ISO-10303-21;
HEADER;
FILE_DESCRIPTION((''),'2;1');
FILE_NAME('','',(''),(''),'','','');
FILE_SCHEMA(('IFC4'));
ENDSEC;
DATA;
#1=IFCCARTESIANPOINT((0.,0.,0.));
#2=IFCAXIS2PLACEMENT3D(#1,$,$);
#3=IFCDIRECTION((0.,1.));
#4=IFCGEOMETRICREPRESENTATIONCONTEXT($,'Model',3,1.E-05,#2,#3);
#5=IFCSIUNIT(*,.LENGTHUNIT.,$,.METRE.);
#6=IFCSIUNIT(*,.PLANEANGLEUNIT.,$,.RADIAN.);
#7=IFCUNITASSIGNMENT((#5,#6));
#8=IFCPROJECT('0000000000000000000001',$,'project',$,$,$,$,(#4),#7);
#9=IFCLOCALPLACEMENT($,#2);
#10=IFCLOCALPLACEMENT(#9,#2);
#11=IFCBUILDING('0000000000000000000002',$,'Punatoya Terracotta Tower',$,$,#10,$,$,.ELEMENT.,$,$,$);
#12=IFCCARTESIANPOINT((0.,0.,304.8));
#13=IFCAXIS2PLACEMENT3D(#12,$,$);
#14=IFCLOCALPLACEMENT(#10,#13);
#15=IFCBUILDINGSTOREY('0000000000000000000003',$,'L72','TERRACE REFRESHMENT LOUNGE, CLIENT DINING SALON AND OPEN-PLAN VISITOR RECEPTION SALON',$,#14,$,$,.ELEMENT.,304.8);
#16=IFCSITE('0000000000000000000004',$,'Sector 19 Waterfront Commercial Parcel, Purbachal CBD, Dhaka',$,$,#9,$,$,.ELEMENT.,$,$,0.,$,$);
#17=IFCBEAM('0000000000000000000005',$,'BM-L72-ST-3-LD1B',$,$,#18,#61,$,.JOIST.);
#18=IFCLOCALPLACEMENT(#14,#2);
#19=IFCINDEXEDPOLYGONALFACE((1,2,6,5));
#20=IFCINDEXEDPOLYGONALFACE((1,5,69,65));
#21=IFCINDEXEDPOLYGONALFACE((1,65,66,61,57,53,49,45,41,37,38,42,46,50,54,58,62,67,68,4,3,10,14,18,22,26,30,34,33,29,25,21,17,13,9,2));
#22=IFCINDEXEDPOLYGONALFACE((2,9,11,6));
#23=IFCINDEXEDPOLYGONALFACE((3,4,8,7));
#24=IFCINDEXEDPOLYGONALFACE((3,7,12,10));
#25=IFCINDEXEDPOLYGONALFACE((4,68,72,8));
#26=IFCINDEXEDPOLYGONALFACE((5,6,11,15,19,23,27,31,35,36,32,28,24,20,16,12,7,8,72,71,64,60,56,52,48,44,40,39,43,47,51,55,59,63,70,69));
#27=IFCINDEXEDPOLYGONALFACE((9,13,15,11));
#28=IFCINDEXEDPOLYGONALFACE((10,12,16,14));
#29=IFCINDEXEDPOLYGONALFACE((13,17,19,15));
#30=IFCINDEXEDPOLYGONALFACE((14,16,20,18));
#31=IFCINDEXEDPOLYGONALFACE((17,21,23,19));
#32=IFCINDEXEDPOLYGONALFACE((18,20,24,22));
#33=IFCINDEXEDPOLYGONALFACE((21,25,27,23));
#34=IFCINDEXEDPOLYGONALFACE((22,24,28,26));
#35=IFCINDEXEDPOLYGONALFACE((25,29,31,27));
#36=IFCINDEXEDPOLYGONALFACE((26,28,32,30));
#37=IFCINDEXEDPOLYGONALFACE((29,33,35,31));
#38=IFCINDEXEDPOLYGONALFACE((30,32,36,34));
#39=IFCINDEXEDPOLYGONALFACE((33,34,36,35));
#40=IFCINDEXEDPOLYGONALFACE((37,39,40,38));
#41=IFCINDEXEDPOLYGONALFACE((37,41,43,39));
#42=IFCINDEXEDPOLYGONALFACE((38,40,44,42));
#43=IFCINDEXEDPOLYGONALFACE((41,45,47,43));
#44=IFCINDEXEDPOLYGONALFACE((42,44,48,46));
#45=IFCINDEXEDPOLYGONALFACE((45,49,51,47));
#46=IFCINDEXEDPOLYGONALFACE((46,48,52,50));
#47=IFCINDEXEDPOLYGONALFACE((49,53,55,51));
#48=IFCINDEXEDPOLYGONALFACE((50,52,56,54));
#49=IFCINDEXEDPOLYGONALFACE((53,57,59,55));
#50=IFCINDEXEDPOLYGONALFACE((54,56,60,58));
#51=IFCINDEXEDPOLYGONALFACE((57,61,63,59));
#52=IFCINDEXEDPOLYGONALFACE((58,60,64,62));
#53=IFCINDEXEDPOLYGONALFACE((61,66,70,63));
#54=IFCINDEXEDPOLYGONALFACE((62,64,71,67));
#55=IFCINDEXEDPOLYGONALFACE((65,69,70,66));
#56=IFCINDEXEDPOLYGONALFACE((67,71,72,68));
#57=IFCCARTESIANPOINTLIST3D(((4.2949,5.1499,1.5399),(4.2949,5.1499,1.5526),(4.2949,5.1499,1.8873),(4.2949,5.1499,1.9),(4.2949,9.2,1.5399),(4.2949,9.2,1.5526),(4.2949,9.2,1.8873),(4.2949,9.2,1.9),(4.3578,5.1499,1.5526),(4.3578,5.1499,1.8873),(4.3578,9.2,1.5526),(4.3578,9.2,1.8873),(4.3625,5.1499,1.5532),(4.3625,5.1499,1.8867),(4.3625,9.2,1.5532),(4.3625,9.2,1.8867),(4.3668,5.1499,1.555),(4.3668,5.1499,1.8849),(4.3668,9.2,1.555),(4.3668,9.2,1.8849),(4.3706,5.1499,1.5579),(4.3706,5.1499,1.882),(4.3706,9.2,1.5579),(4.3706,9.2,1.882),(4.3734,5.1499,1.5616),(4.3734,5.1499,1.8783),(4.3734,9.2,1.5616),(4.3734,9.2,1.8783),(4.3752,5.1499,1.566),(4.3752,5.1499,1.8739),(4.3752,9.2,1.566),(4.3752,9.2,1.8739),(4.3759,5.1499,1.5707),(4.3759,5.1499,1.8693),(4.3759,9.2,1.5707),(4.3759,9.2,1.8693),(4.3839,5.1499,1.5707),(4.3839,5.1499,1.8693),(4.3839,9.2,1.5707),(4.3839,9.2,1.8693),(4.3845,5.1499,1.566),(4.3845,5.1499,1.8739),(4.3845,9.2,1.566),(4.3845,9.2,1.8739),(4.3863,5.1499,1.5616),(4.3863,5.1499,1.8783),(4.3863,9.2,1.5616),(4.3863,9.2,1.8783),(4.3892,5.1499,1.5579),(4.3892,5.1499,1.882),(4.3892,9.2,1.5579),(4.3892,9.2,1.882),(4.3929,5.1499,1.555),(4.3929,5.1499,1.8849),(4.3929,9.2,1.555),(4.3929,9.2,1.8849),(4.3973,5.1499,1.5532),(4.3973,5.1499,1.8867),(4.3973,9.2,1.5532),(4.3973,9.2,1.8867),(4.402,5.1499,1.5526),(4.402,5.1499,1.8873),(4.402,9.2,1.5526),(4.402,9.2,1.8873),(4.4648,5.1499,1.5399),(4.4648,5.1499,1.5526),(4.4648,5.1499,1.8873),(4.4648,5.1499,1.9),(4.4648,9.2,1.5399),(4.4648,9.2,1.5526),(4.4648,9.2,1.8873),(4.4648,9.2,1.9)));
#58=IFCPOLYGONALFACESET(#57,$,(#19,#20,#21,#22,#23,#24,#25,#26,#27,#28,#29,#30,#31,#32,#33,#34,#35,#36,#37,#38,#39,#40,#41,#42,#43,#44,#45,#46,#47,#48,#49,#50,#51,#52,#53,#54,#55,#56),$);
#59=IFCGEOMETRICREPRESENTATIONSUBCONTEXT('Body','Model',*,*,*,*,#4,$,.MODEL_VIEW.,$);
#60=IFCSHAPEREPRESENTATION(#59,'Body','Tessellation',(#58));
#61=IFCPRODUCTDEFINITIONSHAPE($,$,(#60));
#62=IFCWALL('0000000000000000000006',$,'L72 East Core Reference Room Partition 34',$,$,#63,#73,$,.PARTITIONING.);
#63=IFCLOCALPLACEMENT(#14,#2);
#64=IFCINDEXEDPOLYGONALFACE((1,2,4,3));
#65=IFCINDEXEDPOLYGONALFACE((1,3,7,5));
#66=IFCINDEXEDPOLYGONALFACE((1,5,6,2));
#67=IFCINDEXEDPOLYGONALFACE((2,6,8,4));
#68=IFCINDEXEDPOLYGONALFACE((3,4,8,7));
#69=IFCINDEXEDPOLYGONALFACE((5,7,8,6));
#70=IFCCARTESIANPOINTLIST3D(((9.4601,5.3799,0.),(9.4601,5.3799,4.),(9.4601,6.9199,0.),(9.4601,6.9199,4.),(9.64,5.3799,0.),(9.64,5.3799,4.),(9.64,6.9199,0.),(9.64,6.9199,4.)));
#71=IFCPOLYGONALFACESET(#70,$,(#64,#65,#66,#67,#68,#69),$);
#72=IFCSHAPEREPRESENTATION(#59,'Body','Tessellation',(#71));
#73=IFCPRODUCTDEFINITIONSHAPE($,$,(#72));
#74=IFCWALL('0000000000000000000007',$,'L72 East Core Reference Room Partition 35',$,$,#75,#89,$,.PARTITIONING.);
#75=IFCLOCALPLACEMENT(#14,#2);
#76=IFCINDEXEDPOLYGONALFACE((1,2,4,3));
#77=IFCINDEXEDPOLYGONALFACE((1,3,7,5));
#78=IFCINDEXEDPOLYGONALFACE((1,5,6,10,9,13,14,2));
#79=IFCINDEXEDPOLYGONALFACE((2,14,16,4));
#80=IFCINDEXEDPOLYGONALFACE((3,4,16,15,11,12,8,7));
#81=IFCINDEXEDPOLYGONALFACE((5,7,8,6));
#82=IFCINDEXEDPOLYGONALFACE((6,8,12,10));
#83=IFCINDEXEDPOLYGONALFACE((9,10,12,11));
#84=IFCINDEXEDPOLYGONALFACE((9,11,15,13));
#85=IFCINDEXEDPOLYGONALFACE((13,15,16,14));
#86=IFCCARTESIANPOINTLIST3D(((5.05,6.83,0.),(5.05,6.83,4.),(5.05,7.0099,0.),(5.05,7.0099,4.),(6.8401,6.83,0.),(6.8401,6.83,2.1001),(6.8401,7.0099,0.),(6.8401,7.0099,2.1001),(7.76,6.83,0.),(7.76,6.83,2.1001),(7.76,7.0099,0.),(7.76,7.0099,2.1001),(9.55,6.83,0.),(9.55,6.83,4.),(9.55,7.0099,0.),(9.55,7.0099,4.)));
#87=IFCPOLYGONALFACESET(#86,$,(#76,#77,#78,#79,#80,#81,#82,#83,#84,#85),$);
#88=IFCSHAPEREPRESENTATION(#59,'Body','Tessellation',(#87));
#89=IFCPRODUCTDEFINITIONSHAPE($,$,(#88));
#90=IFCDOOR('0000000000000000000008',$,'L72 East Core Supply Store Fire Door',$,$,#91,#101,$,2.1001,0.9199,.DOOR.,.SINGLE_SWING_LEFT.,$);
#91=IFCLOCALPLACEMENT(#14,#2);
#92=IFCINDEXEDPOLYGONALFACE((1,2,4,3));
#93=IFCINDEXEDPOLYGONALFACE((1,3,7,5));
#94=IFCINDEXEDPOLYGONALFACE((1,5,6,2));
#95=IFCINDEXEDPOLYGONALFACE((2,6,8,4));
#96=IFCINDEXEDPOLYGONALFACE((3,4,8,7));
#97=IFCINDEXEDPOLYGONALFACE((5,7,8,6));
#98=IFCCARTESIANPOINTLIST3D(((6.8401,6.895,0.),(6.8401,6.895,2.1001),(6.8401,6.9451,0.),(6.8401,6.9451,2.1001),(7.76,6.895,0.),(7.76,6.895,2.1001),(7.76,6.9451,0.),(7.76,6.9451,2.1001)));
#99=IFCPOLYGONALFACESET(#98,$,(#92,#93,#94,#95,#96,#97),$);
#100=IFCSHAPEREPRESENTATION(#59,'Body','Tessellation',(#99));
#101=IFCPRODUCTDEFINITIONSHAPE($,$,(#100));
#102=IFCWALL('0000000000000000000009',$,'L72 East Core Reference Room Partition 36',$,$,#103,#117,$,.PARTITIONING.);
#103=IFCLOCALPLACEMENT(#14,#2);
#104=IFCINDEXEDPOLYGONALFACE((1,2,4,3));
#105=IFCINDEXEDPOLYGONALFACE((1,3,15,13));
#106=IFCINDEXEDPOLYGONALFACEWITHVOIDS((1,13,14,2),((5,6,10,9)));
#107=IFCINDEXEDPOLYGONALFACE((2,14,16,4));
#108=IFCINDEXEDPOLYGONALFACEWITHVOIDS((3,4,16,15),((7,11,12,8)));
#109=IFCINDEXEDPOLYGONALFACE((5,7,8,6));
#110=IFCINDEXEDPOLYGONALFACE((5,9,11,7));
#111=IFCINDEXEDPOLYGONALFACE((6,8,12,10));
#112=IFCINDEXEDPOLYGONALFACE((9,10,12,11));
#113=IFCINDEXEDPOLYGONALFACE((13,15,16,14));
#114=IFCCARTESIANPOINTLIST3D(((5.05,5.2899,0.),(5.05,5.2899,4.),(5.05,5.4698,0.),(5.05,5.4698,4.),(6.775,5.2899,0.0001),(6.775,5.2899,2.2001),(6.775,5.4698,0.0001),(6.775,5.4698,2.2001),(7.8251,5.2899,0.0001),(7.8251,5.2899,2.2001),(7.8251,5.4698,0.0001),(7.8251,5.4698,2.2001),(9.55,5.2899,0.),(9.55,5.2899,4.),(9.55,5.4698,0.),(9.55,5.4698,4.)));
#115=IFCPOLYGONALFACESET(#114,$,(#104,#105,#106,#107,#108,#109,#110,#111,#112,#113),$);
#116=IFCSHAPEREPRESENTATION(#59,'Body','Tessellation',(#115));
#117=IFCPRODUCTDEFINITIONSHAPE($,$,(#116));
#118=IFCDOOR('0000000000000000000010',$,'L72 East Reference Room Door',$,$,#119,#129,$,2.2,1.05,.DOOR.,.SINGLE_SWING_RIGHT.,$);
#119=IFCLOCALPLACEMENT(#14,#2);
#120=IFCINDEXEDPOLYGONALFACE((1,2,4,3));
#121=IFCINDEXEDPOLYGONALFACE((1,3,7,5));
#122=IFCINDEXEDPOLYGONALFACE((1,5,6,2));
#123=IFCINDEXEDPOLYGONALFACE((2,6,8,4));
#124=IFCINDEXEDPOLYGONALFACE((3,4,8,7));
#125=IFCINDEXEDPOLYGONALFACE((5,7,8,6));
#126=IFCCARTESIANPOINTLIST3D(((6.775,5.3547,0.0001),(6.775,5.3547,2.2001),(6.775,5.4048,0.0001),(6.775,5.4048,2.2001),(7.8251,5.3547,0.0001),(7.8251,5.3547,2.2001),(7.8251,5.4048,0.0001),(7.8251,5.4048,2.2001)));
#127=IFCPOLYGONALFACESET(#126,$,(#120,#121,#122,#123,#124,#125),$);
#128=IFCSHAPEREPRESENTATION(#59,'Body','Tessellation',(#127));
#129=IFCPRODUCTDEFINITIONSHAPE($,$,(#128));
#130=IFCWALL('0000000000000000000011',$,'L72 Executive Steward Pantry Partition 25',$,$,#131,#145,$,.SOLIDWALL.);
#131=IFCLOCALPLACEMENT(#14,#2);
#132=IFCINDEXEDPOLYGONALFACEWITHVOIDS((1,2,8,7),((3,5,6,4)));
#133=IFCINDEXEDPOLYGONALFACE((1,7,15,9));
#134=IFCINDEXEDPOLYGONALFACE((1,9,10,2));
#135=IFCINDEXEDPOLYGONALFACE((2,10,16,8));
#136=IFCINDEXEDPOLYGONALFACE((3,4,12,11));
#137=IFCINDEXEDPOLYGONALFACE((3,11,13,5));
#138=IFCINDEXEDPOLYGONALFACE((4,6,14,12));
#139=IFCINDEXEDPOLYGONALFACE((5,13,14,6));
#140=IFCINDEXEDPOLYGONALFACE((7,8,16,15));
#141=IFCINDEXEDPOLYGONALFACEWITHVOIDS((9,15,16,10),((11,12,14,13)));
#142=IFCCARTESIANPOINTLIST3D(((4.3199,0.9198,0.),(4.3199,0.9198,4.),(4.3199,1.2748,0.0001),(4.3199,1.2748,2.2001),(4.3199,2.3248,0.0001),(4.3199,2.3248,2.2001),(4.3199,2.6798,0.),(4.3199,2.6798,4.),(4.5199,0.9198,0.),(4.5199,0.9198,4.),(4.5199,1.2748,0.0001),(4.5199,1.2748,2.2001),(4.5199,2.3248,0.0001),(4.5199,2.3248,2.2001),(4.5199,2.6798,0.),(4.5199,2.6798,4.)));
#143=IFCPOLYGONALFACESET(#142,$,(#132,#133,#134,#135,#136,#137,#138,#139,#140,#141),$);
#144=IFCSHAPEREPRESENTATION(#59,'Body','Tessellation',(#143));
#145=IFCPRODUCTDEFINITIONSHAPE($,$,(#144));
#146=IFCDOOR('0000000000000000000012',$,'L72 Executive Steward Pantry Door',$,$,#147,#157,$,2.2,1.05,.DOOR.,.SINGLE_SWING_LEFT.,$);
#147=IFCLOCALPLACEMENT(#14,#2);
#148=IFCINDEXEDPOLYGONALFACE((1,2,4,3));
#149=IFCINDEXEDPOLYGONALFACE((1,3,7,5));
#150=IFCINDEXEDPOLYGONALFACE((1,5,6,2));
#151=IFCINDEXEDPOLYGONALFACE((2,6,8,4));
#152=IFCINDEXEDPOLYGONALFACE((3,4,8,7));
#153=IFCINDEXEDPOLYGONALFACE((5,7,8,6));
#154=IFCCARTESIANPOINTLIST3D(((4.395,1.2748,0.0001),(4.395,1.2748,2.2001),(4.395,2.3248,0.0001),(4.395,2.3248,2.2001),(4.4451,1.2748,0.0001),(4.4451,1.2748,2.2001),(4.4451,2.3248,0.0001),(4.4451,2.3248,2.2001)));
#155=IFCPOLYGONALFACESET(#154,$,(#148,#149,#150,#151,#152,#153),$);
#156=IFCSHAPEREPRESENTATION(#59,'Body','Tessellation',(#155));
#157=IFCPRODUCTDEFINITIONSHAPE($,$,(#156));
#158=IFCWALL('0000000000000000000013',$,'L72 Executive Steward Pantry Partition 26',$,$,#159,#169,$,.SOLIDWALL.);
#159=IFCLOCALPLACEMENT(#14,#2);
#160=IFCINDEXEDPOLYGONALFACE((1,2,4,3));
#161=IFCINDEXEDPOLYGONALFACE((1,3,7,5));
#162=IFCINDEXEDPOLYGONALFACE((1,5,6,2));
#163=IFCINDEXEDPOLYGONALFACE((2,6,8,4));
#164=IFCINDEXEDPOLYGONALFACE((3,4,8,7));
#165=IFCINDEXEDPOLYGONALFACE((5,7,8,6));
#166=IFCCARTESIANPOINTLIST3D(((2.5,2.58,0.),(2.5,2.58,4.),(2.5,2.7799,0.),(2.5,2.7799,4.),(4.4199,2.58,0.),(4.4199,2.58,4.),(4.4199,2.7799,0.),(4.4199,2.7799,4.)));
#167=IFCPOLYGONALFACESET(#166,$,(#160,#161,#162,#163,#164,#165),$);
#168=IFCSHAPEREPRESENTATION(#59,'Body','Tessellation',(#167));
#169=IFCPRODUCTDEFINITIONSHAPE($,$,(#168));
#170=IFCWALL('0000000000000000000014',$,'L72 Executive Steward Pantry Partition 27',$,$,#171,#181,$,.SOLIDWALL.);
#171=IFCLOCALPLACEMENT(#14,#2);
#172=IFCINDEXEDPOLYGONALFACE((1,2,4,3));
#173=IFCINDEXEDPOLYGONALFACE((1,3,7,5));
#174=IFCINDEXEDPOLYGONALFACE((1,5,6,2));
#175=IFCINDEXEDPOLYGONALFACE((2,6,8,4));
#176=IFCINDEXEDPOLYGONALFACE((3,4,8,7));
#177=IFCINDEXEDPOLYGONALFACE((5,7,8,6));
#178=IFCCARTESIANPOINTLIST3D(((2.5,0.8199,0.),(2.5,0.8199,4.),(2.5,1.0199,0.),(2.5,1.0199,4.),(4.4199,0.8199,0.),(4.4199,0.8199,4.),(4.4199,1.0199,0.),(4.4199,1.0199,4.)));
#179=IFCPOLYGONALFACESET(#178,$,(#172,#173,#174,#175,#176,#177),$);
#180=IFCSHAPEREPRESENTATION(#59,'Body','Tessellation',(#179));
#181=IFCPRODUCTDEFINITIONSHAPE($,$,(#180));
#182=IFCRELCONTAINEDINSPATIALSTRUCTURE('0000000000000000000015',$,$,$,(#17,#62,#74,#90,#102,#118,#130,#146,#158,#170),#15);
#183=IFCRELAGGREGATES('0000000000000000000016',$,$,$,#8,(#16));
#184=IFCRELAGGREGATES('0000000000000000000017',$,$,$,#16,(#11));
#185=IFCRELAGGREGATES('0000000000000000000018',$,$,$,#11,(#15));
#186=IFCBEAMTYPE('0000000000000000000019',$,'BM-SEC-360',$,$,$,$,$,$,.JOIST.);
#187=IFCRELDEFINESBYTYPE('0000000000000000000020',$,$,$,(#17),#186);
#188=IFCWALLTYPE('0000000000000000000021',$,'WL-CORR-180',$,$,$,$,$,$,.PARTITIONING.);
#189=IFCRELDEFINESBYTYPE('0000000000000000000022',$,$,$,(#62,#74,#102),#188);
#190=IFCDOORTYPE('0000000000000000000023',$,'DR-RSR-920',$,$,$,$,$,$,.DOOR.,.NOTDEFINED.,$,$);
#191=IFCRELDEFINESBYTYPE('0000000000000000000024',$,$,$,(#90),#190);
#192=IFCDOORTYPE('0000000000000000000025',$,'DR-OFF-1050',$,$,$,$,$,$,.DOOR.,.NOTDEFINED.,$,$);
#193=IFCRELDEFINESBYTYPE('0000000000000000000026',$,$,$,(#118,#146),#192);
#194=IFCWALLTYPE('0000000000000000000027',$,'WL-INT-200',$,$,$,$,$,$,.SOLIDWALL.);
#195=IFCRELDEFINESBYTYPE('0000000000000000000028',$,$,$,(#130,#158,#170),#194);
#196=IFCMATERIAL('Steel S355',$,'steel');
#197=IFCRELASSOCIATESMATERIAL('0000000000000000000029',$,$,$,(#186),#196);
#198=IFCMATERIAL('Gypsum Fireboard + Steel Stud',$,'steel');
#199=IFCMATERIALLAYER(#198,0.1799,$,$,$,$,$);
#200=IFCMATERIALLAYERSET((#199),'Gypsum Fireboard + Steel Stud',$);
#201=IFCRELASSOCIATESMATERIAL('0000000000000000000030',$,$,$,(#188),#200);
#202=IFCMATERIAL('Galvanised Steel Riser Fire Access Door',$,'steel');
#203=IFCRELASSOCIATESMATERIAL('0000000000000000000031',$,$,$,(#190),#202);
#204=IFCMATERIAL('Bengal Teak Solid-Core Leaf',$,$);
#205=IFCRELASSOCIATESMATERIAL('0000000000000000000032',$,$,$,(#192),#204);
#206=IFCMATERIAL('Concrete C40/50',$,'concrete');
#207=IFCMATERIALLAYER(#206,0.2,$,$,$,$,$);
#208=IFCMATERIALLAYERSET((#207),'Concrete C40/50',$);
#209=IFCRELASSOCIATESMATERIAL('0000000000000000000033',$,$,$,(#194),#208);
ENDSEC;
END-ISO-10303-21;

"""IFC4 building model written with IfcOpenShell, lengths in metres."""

from ifc_helpers import new_model, si_unit, direction, frame, frame_2d, origin, origin_2d, place, context, subcontext, project, spatial, rectangle, i_section, extrude, material, layer, layer_set, material_profile, profile_set, type_object, element, fill, save


model = new_model("IFC4")

# Units and contexts
model_context = context("Model", 3, precision=1e-05, world=origin(), true_north=direction((0.0, 1.0)))
body_context = subcontext(model_context, "Body", "Model", "MODEL_VIEW")
ifc_project = project(units=[si_unit("LENGTHUNIT", "METRE"), si_unit("PLANEANGLEUNIT", "RADIAN")], contexts=[model_context])

# Site, building, storey
site_placement = place(None, origin())
site = spatial("IfcSite", under=ifc_project, at=site_placement, Name="Sector 19 Waterfront Commercial Parcel, Purbachal CBD, Dhaka", CompositionType="ELEMENT", RefElevation=0.0)
building_placement = place(site_placement, origin())
building = spatial("IfcBuilding", under=site, at=building_placement, Name="Punatoya Terracotta Tower", CompositionType="ELEMENT")
storey_placement = place(building_placement, frame((0.0, 0.0, 304.8)))
storey = spatial("IfcBuildingStorey", under=building, at=storey_placement, Name="L72", Description="TERRACE REFRESHMENT LOUNGE, CLIENT DINING SALON AND OPEN-PLAN VISITOR RECEPTION SALON", CompositionType="ELEMENT", Elevation=304.8)

# Beam
ifc_material_1 = material(Name="Steel S355", Category="steel")
ifc_material_profile_1 = material_profile(ifc_material_1, i_section(OverallWidth=0.1699, OverallDepth=0.3601, WebThickness=0.0081, FlangeThickness=0.0127, FilletRadius=0.0181, at=origin_2d()))
ifc_profile_set_1 = profile_set([ifc_material_profile_1], Name="Steel S355")
beam_type_1 = type_object("IfcBeamType", Name="BM-SEC-360", PredefinedType="JOIST", material=ifc_profile_set_1)
for number, where, z_axis, x_axis, name in (
    (1, (4.3799, 5.1499, 1.72), (0.0, 1.0, 0.0), (-1.0, 0.0, 0.0), "BM-L72-ST-3-LD1B"),
):
    element("IfcBeam", number, at=place(storey_placement, frame(where, z_axis=z_axis, x_axis=x_axis)), inside=storey, type_object=beam_type_1, Name=name, PredefinedType="JOIST", context=body_context, shape_type="SweptSolid", body=[
        extrude(i_section(OverallWidth=0.1699, OverallDepth=0.3601, WebThickness=0.0081, FlangeThickness=0.0127, FilletRadius=0.0181, at=origin_2d()), origin(), (0.0, 0.0, 1.0), 4.05),
    ])

# Wall
ifc_material_2 = material(Name="Gypsum Fireboard + Steel Stud", Category="steel")
ifc_layer_1 = layer(ifc_material_2, 0.1799)
ifc_layer_set_1 = layer_set([ifc_layer_1], Name="Gypsum Fireboard + Steel Stud")
wall_type_1 = type_object("IfcWallType", Name="WL-CORR-180", PredefinedType="PARTITIONING", material=ifc_layer_set_1)
wall_1_placement = place(storey_placement, frame((9.55, 5.3799, 0.0), z_axis=(0.0, 0.0, 1.0), x_axis=(0.0, 1.0, 0.0)))
element("IfcWall", 2, at=wall_1_placement, inside=storey, type_object=wall_type_1, Name="L72 East Core Reference Room Partition 34", PredefinedType="PARTITIONING", context=body_context, shape_type="SweptSolid", body=[
    extrude(rectangle(XDim=1.54, YDim=0.1799, at=frame_2d((0.77, 0.0))), origin(), (0.0, 0.0, 1.0), 4.0),
])

# Walls, openings, doors
wall_2_placement = place(storey_placement, frame((9.55, 6.9199, 0.0), z_axis=(0.0, 0.0, 1.0), x_axis=(-1.0, 0.0, 0.0)))
wall_2 = element("IfcWall", 3, at=wall_2_placement, inside=storey, type_object=wall_type_1, Name="L72 East Core Reference Room Partition 35", PredefinedType="PARTITIONING", context=body_context, shape_type="SweptSolid", body=[
    extrude(rectangle(XDim=4.5, YDim=0.1799, at=frame_2d((2.25, 0.0))), origin(), (0.0, 0.0, 1.0), 4.0),
])
opening_1_placement = place(wall_2_placement, frame((1.79, 0.0, 0.0)))
opening_1 = element("IfcOpeningElement", 4, at=opening_1_placement, cuts=wall_2, PredefinedType="OPENING", context=body_context, shape_type="SweptSolid", body=[
    extrude(rectangle(XDim=0.9199, YDim=2.1001, at=frame_2d((0.46, 1.05))), frame((0.0, 0.0999, 0.0), z_axis=(0.0, -1.0, 0.0), x_axis=(1.0, 0.0, 0.0)), (0.0, 0.0, 1.0), 0.2),
])
ifc_material_3 = material(Name="Galvanised Steel Riser Fire Access Door", Category="steel")
door_type_1 = type_object("IfcDoorType", Name="DR-RSR-920", OperationType="NOTDEFINED", PredefinedType="DOOR", material=ifc_material_3)
door_1_placement = place(opening_1_placement, origin())
door_1 = element("IfcDoor", 5, at=door_1_placement, inside=storey, type_object=door_type_1, Name="L72 East Core Supply Store Fire Door", OperationType="SINGLE_SWING_LEFT", OverallHeight=2.1001, OverallWidth=0.9199, PredefinedType="DOOR", context=body_context, shape_type="SweptSolid", body=[
    extrude(rectangle(XDim=0.9199, YDim=2.1001, at=frame_2d((0.46, 1.05))), frame((0.0, 0.0249, 0.0), z_axis=(0.0, -1.0, 0.0), x_axis=(1.0, 0.0, 0.0)), (0.0, 0.0, 1.0), 0.05),
])
fill(opening_1, door_1)
wall_3_placement = place(storey_placement, frame((5.05, 5.3799, 0.0), z_axis=(0.0, 0.0, 1.0), x_axis=(1.0, 0.0, 0.0)))
wall_3 = element("IfcWall", 6, at=wall_3_placement, inside=storey, type_object=wall_type_1, Name="L72 East Core Reference Room Partition 36", PredefinedType="PARTITIONING", context=body_context, shape_type="SweptSolid", body=[
    extrude(rectangle(XDim=4.5, YDim=0.1799, at=frame_2d((2.25, 0.0))), origin(), (0.0, 0.0, 1.0), 4.0),
])
opening_2_placement = place(wall_3_placement, frame((1.7251, 0.0, 0.0)))
opening_2 = element("IfcOpeningElement", 7, at=opening_2_placement, cuts=wall_3, PredefinedType="OPENING", context=body_context, shape_type="SweptSolid", body=[
    extrude(rectangle(XDim=1.05, YDim=2.2, at=frame_2d((0.5249, 1.1001))), frame((0.0, 0.0999, 0.0), z_axis=(0.0, -1.0, 0.0), x_axis=(1.0, 0.0, 0.0)), (0.0, 0.0, 1.0), 0.2),
])
ifc_material_4 = material(Name="Bengal Teak Solid-Core Leaf")
door_type_2 = type_object("IfcDoorType", Name="DR-OFF-1050", OperationType="NOTDEFINED", PredefinedType="DOOR", material=ifc_material_4)
door_2_placement = place(opening_2_placement, origin())
door_2 = element("IfcDoor", 8, at=door_2_placement, inside=storey, type_object=door_type_2, Name="L72 East Reference Room Door", OperationType="SINGLE_SWING_RIGHT", OverallHeight=2.2, OverallWidth=1.05, PredefinedType="DOOR", context=body_context, shape_type="SweptSolid", body=[
    extrude(rectangle(XDim=1.05, YDim=2.2, at=frame_2d((0.5249, 1.1001))), frame((0.0, 0.0249, 0.0), z_axis=(0.0, -1.0, 0.0), x_axis=(1.0, 0.0, 0.0)), (0.0, 0.0, 1.0), 0.05),
])
fill(opening_2, door_2)
ifc_material_5 = material(Name="Concrete C40/50", Category="concrete")
ifc_layer_2 = layer(ifc_material_5, 0.2)
ifc_layer_set_2 = layer_set([ifc_layer_2], Name="Concrete C40/50")
wall_type_2 = type_object("IfcWallType", Name="WL-INT-200", PredefinedType="SOLIDWALL", material=ifc_layer_set_2)
wall_4_placement = place(storey_placement, frame((4.4199, 0.9199, 0.0), z_axis=(0.0, 0.0, 1.0), x_axis=(0.0, 1.0, 0.0)))
wall_4 = element("IfcWall", 9, at=wall_4_placement, inside=storey, type_object=wall_type_2, Name="L72 Executive Steward Pantry Partition 25", PredefinedType="SOLIDWALL", context=body_context, shape_type="SweptSolid", body=[
    extrude(rectangle(XDim=1.76, YDim=0.2, at=frame_2d((0.8799, 0.0))), origin(), (0.0, 0.0, 1.0), 4.0),
])
opening_3_placement = place(wall_4_placement, frame((0.355, 0.0, 0.0)))
opening_3 = element("IfcOpeningElement", 10, at=opening_3_placement, cuts=wall_4, PredefinedType="OPENING", context=body_context, shape_type="SweptSolid", body=[
    extrude(rectangle(XDim=1.05, YDim=2.2, at=frame_2d((0.5249, 1.1001))), frame((0.0, 0.1099, 0.0), z_axis=(0.0, -1.0, 0.0), x_axis=(1.0, 0.0, 0.0)), (0.0, 0.0, 1.0), 0.22),
])
door_3_placement = place(opening_3_placement, origin())
door_3 = element("IfcDoor", 11, at=door_3_placement, inside=storey, type_object=door_type_2, Name="L72 Executive Steward Pantry Door", OperationType="SINGLE_SWING_LEFT", OverallHeight=2.2, OverallWidth=1.05, PredefinedType="DOOR", context=body_context, shape_type="SweptSolid", body=[
    extrude(rectangle(XDim=1.05, YDim=2.2, at=frame_2d((0.5249, 1.1001))), frame((0.0, 0.0249, 0.0), z_axis=(0.0, -1.0, 0.0), x_axis=(1.0, 0.0, 0.0)), (0.0, 0.0, 1.0), 0.05),
])
fill(opening_3, door_3)

# Walls
for number, where, z_axis, x_axis, name in (
    (12, (4.4199, 2.6799, 0.0), (0.0, 0.0, 1.0), (-1.0, 0.0, 0.0), "L72 Executive Steward Pantry Partition 26"),
    (13, (2.5, 0.9199, 0.0), (0.0, 0.0, 1.0), (1.0, 0.0, 0.0), "L72 Executive Steward Pantry Partition 27"),
):
    element("IfcWall", number, at=place(storey_placement, frame(where, z_axis=z_axis, x_axis=x_axis)), inside=storey, type_object=wall_type_2, Name=name, PredefinedType="SOLIDWALL", context=body_context, shape_type="SweptSolid", body=[
        extrude(rectangle(XDim=1.9199, YDim=0.2, at=frame_2d((0.96, 0.0))), origin(), (0.0, 0.0, 1.0), 4.0),
    ])

save(model, "model.ifc")
